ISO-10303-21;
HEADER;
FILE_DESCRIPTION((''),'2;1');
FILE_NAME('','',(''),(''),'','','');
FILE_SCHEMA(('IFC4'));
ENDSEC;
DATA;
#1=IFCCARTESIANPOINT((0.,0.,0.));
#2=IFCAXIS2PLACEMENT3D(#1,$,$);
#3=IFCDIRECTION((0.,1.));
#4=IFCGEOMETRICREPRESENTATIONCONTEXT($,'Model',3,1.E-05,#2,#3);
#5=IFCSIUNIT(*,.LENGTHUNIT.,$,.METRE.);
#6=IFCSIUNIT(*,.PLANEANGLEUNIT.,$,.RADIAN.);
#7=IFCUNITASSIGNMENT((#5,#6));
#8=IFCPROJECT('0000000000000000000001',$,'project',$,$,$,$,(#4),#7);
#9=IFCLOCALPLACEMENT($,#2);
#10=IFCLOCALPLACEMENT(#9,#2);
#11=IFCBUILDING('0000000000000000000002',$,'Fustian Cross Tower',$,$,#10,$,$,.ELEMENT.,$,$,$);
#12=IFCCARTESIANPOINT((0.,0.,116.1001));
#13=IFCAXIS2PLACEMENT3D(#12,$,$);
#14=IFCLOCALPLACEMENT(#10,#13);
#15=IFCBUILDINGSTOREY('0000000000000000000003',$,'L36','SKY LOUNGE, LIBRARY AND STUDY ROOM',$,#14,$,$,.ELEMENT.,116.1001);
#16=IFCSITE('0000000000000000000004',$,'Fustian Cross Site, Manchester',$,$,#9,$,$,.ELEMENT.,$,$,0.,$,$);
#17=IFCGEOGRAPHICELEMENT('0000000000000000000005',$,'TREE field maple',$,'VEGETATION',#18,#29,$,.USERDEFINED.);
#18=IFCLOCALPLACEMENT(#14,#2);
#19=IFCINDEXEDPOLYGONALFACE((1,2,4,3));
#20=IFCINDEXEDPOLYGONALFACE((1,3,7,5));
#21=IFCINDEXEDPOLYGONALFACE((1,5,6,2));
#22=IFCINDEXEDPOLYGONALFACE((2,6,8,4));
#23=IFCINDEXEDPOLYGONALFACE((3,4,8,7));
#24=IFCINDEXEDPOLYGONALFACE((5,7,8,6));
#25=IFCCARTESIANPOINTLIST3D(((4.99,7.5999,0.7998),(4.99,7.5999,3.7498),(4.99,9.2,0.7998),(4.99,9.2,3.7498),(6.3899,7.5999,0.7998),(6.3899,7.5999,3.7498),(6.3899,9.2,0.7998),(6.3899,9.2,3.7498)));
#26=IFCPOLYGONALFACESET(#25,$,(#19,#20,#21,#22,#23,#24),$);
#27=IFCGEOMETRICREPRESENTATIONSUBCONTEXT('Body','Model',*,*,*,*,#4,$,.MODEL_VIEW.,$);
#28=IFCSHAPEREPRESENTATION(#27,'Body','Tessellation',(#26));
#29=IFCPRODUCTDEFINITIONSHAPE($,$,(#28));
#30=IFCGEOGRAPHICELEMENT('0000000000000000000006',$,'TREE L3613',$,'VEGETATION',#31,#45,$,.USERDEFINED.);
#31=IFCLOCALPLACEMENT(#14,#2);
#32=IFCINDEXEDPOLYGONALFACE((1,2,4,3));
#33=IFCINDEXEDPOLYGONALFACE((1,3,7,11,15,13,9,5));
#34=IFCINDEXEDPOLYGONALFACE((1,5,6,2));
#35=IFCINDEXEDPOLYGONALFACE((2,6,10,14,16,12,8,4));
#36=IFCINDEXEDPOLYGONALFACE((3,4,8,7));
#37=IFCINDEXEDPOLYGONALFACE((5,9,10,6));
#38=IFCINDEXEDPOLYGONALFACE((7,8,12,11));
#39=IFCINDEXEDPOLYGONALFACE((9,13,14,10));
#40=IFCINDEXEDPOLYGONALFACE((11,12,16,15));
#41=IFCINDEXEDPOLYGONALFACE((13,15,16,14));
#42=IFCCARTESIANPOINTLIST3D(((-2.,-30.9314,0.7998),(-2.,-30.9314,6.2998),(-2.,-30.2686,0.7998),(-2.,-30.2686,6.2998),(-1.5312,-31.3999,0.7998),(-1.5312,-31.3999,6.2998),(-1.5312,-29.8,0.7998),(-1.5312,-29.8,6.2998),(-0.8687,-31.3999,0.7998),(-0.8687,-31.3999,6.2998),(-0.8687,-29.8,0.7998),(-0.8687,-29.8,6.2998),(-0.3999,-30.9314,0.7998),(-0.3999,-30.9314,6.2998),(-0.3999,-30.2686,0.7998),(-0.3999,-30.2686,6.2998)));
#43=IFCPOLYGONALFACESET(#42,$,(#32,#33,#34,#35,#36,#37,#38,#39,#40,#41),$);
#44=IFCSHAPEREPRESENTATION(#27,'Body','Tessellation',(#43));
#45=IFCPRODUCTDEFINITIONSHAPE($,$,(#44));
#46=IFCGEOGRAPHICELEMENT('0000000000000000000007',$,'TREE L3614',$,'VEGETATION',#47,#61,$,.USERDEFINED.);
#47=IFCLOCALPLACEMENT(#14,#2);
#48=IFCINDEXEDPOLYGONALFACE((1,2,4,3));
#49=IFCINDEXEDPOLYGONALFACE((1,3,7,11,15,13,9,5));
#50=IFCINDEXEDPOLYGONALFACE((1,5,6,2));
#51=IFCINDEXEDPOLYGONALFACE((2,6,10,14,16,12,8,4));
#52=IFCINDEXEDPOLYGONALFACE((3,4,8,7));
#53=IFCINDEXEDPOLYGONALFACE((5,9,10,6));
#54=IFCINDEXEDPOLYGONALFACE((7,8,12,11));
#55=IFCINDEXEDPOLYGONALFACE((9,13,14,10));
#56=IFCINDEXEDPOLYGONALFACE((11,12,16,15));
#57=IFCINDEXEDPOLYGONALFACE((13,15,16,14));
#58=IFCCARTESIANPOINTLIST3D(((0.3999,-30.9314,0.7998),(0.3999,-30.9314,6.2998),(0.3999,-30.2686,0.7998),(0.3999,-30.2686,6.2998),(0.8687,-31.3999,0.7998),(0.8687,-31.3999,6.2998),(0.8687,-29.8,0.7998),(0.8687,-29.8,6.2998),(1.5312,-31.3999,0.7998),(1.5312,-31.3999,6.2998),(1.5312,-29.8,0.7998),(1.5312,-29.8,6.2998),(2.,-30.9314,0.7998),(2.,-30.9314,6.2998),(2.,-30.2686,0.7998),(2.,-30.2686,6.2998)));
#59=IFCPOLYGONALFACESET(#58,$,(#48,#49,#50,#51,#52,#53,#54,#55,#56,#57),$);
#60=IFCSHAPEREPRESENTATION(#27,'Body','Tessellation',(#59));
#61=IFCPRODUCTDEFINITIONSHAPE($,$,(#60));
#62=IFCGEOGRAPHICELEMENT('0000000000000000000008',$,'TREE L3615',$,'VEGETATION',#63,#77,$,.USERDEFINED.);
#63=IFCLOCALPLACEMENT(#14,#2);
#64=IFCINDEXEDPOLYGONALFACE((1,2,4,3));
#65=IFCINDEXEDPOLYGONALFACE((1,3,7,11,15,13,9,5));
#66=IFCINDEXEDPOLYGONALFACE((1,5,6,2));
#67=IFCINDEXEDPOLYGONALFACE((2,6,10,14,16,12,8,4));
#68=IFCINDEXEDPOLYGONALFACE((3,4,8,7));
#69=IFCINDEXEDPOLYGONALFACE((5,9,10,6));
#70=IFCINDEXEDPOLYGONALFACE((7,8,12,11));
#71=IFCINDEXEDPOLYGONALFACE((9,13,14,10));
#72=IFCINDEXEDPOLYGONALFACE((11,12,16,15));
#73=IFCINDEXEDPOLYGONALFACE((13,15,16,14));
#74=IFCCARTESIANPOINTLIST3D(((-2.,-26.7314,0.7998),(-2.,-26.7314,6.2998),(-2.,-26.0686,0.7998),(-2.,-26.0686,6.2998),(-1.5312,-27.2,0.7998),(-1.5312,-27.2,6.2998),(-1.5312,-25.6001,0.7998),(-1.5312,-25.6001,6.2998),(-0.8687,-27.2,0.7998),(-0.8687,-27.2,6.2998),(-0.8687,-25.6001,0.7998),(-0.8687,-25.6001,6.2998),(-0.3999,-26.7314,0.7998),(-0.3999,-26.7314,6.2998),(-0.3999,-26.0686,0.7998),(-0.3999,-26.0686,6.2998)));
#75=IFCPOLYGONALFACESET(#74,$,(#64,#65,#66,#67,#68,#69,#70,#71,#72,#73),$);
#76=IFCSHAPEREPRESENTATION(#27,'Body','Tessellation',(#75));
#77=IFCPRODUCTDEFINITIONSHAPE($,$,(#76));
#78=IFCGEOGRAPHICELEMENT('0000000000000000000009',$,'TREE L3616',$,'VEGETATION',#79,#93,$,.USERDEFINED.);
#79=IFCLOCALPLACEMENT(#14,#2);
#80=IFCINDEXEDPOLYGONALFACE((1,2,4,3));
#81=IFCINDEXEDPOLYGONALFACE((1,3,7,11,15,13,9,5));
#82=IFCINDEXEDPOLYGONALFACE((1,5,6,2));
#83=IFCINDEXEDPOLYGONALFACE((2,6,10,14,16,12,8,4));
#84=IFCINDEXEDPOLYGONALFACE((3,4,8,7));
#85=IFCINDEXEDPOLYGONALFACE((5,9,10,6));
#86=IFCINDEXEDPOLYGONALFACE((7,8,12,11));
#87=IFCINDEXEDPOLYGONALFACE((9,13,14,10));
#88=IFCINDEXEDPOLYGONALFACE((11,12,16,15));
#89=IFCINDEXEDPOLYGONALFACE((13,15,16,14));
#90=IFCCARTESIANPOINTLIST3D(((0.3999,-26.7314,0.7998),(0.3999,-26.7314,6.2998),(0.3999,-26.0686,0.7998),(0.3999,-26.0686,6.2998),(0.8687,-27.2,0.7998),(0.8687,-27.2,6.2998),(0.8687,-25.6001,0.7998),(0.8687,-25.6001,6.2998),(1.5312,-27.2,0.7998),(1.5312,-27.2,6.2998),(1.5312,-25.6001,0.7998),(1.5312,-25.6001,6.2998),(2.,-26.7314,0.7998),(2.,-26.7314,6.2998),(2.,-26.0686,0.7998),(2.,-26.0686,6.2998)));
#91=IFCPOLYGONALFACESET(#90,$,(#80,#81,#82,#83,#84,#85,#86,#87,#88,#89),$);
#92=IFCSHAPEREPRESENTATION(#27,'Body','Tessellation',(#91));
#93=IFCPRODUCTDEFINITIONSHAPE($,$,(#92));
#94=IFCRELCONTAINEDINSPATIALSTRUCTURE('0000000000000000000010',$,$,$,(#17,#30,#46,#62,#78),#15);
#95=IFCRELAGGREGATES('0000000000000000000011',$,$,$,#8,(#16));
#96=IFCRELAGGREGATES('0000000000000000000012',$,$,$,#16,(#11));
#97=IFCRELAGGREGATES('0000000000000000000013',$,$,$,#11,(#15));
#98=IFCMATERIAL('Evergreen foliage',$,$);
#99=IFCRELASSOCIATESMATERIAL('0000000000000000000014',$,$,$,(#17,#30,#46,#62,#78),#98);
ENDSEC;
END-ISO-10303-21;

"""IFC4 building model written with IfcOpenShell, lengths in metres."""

from ifc_helpers import new_model, si_unit, direction, frame, origin, origin_2d, place, context, subcontext, project, spatial, polyline, rectangle, outline, extrude, material, element, save


model = new_model("IFC4")

# Units and contexts
model_context = context("Model", 3, precision=1e-05, world=origin(), true_north=direction((0.0, 1.0)))
body_context = subcontext(model_context, "Body", "Model", "MODEL_VIEW")
ifc_project = project(units=[si_unit("LENGTHUNIT", "METRE"), si_unit("PLANEANGLEUNIT", "RADIAN")], contexts=[model_context])

# Site, building, storey
site_placement = place(None, origin())
site = spatial("IfcSite", under=ifc_project, at=site_placement, Name="Fustian Cross Site, Manchester", CompositionType="ELEMENT", RefElevation=0.0)
building_placement = place(site_placement, origin())
building = spatial("IfcBuilding", under=site, at=building_placement, Name="Fustian Cross Tower", CompositionType="ELEMENT")
storey_placement = place(building_placement, frame((0.0, 0.0, 116.1001)))
storey = spatial("IfcBuildingStorey", under=building, at=storey_placement, Name="L36", Description="SKY LOUNGE, LIBRARY AND STUDY ROOM", CompositionType="ELEMENT", Elevation=116.1001)

# Geographic elements
ifc_material_1 = material(Name="Evergreen foliage")
geographic_element_1_placement = place(storey_placement, frame((5.6899, 8.3999, 0.7998), z_axis=(0.0, 0.0, 1.0), x_axis=(1.0, 0.0, 0.0)))
element("IfcGeographicElement", 1, at=geographic_element_1_placement, inside=storey, material=ifc_material_1, Name="TREE field maple", ObjectType="VEGETATION", PredefinedType="USERDEFINED", context=body_context, shape_type="SweptSolid", body=[
    extrude(rectangle(XDim=1.3999, YDim=1.6001, at=origin_2d()), origin(), (0.0, 0.0, 1.0), 2.95),
])
geographic_element_2_placement = place(storey_placement, frame((0.0, 0.0, 0.7998)))
element("IfcGeographicElement", 2, at=geographic_element_2_placement, inside=storey, material=ifc_material_1, Name="TREE L3613", ObjectType="VEGETATION", PredefinedType="USERDEFINED", context=body_context, shape_type="SweptSolid", body=[
    extrude(outline(polyline([(-0.3999, -30.2686), (-0.8687, -29.8), (-1.5312, -29.8), (-2.0, -30.2686), (-2.0, -30.9314), (-1.5312, -31.3999), (-0.8687, -31.3999), (-0.3999, -30.9314), (-0.3999, -30.2686)])), origin(), (0.0, 0.0, 1.0), 5.5),
])
geographic_element_3_placement = place(storey_placement, frame((0.0, 0.0, 0.7998)))
element("IfcGeographicElement", 3, at=geographic_element_3_placement, inside=storey, material=ifc_material_1, Name="TREE L3614", ObjectType="VEGETATION", PredefinedType="USERDEFINED", context=body_context, shape_type="SweptSolid", body=[
    extrude(outline(polyline([(2.0, -30.2686), (1.5312, -29.8), (0.8687, -29.8), (0.3999, -30.2686), (0.3999, -30.9314), (0.8687, -31.3999), (1.5312, -31.3999), (2.0, -30.9314), (2.0, -30.2686)])), origin(), (0.0, 0.0, 1.0), 5.5),
])
geographic_element_4_placement = place(storey_placement, frame((0.0, 0.0, 0.7998)))
element("IfcGeographicElement", 4, at=geographic_element_4_placement, inside=storey, material=ifc_material_1, Name="TREE L3615", ObjectType="VEGETATION", PredefinedType="USERDEFINED", context=body_context, shape_type="SweptSolid", body=[
    extrude(outline(polyline([(-0.3999, -26.0686), (-0.8687, -25.6001), (-1.5312, -25.6001), (-2.0, -26.0686), (-2.0, -26.7314), (-1.5312, -27.2), (-0.8687, -27.2), (-0.3999, -26.7314), (-0.3999, -26.0686)])), origin(), (0.0, 0.0, 1.0), 5.5),
])
geographic_element_5_placement = place(storey_placement, frame((0.0, 0.0, 0.7998)))
element("IfcGeographicElement", 5, at=geographic_element_5_placement, inside=storey, material=ifc_material_1, Name="TREE L3616", ObjectType="VEGETATION", PredefinedType="USERDEFINED", context=body_context, shape_type="SweptSolid", body=[
    extrude(outline(polyline([(2.0, -26.0686), (1.5312, -25.6001), (0.8687, -25.6001), (0.3999, -26.0686), (0.3999, -26.7314), (0.8687, -27.2), (1.5312, -27.2), (2.0, -26.7314), (2.0, -26.0686)])), origin(), (0.0, 0.0, 1.0), 5.5),
])

save(model, "model.ifc")
